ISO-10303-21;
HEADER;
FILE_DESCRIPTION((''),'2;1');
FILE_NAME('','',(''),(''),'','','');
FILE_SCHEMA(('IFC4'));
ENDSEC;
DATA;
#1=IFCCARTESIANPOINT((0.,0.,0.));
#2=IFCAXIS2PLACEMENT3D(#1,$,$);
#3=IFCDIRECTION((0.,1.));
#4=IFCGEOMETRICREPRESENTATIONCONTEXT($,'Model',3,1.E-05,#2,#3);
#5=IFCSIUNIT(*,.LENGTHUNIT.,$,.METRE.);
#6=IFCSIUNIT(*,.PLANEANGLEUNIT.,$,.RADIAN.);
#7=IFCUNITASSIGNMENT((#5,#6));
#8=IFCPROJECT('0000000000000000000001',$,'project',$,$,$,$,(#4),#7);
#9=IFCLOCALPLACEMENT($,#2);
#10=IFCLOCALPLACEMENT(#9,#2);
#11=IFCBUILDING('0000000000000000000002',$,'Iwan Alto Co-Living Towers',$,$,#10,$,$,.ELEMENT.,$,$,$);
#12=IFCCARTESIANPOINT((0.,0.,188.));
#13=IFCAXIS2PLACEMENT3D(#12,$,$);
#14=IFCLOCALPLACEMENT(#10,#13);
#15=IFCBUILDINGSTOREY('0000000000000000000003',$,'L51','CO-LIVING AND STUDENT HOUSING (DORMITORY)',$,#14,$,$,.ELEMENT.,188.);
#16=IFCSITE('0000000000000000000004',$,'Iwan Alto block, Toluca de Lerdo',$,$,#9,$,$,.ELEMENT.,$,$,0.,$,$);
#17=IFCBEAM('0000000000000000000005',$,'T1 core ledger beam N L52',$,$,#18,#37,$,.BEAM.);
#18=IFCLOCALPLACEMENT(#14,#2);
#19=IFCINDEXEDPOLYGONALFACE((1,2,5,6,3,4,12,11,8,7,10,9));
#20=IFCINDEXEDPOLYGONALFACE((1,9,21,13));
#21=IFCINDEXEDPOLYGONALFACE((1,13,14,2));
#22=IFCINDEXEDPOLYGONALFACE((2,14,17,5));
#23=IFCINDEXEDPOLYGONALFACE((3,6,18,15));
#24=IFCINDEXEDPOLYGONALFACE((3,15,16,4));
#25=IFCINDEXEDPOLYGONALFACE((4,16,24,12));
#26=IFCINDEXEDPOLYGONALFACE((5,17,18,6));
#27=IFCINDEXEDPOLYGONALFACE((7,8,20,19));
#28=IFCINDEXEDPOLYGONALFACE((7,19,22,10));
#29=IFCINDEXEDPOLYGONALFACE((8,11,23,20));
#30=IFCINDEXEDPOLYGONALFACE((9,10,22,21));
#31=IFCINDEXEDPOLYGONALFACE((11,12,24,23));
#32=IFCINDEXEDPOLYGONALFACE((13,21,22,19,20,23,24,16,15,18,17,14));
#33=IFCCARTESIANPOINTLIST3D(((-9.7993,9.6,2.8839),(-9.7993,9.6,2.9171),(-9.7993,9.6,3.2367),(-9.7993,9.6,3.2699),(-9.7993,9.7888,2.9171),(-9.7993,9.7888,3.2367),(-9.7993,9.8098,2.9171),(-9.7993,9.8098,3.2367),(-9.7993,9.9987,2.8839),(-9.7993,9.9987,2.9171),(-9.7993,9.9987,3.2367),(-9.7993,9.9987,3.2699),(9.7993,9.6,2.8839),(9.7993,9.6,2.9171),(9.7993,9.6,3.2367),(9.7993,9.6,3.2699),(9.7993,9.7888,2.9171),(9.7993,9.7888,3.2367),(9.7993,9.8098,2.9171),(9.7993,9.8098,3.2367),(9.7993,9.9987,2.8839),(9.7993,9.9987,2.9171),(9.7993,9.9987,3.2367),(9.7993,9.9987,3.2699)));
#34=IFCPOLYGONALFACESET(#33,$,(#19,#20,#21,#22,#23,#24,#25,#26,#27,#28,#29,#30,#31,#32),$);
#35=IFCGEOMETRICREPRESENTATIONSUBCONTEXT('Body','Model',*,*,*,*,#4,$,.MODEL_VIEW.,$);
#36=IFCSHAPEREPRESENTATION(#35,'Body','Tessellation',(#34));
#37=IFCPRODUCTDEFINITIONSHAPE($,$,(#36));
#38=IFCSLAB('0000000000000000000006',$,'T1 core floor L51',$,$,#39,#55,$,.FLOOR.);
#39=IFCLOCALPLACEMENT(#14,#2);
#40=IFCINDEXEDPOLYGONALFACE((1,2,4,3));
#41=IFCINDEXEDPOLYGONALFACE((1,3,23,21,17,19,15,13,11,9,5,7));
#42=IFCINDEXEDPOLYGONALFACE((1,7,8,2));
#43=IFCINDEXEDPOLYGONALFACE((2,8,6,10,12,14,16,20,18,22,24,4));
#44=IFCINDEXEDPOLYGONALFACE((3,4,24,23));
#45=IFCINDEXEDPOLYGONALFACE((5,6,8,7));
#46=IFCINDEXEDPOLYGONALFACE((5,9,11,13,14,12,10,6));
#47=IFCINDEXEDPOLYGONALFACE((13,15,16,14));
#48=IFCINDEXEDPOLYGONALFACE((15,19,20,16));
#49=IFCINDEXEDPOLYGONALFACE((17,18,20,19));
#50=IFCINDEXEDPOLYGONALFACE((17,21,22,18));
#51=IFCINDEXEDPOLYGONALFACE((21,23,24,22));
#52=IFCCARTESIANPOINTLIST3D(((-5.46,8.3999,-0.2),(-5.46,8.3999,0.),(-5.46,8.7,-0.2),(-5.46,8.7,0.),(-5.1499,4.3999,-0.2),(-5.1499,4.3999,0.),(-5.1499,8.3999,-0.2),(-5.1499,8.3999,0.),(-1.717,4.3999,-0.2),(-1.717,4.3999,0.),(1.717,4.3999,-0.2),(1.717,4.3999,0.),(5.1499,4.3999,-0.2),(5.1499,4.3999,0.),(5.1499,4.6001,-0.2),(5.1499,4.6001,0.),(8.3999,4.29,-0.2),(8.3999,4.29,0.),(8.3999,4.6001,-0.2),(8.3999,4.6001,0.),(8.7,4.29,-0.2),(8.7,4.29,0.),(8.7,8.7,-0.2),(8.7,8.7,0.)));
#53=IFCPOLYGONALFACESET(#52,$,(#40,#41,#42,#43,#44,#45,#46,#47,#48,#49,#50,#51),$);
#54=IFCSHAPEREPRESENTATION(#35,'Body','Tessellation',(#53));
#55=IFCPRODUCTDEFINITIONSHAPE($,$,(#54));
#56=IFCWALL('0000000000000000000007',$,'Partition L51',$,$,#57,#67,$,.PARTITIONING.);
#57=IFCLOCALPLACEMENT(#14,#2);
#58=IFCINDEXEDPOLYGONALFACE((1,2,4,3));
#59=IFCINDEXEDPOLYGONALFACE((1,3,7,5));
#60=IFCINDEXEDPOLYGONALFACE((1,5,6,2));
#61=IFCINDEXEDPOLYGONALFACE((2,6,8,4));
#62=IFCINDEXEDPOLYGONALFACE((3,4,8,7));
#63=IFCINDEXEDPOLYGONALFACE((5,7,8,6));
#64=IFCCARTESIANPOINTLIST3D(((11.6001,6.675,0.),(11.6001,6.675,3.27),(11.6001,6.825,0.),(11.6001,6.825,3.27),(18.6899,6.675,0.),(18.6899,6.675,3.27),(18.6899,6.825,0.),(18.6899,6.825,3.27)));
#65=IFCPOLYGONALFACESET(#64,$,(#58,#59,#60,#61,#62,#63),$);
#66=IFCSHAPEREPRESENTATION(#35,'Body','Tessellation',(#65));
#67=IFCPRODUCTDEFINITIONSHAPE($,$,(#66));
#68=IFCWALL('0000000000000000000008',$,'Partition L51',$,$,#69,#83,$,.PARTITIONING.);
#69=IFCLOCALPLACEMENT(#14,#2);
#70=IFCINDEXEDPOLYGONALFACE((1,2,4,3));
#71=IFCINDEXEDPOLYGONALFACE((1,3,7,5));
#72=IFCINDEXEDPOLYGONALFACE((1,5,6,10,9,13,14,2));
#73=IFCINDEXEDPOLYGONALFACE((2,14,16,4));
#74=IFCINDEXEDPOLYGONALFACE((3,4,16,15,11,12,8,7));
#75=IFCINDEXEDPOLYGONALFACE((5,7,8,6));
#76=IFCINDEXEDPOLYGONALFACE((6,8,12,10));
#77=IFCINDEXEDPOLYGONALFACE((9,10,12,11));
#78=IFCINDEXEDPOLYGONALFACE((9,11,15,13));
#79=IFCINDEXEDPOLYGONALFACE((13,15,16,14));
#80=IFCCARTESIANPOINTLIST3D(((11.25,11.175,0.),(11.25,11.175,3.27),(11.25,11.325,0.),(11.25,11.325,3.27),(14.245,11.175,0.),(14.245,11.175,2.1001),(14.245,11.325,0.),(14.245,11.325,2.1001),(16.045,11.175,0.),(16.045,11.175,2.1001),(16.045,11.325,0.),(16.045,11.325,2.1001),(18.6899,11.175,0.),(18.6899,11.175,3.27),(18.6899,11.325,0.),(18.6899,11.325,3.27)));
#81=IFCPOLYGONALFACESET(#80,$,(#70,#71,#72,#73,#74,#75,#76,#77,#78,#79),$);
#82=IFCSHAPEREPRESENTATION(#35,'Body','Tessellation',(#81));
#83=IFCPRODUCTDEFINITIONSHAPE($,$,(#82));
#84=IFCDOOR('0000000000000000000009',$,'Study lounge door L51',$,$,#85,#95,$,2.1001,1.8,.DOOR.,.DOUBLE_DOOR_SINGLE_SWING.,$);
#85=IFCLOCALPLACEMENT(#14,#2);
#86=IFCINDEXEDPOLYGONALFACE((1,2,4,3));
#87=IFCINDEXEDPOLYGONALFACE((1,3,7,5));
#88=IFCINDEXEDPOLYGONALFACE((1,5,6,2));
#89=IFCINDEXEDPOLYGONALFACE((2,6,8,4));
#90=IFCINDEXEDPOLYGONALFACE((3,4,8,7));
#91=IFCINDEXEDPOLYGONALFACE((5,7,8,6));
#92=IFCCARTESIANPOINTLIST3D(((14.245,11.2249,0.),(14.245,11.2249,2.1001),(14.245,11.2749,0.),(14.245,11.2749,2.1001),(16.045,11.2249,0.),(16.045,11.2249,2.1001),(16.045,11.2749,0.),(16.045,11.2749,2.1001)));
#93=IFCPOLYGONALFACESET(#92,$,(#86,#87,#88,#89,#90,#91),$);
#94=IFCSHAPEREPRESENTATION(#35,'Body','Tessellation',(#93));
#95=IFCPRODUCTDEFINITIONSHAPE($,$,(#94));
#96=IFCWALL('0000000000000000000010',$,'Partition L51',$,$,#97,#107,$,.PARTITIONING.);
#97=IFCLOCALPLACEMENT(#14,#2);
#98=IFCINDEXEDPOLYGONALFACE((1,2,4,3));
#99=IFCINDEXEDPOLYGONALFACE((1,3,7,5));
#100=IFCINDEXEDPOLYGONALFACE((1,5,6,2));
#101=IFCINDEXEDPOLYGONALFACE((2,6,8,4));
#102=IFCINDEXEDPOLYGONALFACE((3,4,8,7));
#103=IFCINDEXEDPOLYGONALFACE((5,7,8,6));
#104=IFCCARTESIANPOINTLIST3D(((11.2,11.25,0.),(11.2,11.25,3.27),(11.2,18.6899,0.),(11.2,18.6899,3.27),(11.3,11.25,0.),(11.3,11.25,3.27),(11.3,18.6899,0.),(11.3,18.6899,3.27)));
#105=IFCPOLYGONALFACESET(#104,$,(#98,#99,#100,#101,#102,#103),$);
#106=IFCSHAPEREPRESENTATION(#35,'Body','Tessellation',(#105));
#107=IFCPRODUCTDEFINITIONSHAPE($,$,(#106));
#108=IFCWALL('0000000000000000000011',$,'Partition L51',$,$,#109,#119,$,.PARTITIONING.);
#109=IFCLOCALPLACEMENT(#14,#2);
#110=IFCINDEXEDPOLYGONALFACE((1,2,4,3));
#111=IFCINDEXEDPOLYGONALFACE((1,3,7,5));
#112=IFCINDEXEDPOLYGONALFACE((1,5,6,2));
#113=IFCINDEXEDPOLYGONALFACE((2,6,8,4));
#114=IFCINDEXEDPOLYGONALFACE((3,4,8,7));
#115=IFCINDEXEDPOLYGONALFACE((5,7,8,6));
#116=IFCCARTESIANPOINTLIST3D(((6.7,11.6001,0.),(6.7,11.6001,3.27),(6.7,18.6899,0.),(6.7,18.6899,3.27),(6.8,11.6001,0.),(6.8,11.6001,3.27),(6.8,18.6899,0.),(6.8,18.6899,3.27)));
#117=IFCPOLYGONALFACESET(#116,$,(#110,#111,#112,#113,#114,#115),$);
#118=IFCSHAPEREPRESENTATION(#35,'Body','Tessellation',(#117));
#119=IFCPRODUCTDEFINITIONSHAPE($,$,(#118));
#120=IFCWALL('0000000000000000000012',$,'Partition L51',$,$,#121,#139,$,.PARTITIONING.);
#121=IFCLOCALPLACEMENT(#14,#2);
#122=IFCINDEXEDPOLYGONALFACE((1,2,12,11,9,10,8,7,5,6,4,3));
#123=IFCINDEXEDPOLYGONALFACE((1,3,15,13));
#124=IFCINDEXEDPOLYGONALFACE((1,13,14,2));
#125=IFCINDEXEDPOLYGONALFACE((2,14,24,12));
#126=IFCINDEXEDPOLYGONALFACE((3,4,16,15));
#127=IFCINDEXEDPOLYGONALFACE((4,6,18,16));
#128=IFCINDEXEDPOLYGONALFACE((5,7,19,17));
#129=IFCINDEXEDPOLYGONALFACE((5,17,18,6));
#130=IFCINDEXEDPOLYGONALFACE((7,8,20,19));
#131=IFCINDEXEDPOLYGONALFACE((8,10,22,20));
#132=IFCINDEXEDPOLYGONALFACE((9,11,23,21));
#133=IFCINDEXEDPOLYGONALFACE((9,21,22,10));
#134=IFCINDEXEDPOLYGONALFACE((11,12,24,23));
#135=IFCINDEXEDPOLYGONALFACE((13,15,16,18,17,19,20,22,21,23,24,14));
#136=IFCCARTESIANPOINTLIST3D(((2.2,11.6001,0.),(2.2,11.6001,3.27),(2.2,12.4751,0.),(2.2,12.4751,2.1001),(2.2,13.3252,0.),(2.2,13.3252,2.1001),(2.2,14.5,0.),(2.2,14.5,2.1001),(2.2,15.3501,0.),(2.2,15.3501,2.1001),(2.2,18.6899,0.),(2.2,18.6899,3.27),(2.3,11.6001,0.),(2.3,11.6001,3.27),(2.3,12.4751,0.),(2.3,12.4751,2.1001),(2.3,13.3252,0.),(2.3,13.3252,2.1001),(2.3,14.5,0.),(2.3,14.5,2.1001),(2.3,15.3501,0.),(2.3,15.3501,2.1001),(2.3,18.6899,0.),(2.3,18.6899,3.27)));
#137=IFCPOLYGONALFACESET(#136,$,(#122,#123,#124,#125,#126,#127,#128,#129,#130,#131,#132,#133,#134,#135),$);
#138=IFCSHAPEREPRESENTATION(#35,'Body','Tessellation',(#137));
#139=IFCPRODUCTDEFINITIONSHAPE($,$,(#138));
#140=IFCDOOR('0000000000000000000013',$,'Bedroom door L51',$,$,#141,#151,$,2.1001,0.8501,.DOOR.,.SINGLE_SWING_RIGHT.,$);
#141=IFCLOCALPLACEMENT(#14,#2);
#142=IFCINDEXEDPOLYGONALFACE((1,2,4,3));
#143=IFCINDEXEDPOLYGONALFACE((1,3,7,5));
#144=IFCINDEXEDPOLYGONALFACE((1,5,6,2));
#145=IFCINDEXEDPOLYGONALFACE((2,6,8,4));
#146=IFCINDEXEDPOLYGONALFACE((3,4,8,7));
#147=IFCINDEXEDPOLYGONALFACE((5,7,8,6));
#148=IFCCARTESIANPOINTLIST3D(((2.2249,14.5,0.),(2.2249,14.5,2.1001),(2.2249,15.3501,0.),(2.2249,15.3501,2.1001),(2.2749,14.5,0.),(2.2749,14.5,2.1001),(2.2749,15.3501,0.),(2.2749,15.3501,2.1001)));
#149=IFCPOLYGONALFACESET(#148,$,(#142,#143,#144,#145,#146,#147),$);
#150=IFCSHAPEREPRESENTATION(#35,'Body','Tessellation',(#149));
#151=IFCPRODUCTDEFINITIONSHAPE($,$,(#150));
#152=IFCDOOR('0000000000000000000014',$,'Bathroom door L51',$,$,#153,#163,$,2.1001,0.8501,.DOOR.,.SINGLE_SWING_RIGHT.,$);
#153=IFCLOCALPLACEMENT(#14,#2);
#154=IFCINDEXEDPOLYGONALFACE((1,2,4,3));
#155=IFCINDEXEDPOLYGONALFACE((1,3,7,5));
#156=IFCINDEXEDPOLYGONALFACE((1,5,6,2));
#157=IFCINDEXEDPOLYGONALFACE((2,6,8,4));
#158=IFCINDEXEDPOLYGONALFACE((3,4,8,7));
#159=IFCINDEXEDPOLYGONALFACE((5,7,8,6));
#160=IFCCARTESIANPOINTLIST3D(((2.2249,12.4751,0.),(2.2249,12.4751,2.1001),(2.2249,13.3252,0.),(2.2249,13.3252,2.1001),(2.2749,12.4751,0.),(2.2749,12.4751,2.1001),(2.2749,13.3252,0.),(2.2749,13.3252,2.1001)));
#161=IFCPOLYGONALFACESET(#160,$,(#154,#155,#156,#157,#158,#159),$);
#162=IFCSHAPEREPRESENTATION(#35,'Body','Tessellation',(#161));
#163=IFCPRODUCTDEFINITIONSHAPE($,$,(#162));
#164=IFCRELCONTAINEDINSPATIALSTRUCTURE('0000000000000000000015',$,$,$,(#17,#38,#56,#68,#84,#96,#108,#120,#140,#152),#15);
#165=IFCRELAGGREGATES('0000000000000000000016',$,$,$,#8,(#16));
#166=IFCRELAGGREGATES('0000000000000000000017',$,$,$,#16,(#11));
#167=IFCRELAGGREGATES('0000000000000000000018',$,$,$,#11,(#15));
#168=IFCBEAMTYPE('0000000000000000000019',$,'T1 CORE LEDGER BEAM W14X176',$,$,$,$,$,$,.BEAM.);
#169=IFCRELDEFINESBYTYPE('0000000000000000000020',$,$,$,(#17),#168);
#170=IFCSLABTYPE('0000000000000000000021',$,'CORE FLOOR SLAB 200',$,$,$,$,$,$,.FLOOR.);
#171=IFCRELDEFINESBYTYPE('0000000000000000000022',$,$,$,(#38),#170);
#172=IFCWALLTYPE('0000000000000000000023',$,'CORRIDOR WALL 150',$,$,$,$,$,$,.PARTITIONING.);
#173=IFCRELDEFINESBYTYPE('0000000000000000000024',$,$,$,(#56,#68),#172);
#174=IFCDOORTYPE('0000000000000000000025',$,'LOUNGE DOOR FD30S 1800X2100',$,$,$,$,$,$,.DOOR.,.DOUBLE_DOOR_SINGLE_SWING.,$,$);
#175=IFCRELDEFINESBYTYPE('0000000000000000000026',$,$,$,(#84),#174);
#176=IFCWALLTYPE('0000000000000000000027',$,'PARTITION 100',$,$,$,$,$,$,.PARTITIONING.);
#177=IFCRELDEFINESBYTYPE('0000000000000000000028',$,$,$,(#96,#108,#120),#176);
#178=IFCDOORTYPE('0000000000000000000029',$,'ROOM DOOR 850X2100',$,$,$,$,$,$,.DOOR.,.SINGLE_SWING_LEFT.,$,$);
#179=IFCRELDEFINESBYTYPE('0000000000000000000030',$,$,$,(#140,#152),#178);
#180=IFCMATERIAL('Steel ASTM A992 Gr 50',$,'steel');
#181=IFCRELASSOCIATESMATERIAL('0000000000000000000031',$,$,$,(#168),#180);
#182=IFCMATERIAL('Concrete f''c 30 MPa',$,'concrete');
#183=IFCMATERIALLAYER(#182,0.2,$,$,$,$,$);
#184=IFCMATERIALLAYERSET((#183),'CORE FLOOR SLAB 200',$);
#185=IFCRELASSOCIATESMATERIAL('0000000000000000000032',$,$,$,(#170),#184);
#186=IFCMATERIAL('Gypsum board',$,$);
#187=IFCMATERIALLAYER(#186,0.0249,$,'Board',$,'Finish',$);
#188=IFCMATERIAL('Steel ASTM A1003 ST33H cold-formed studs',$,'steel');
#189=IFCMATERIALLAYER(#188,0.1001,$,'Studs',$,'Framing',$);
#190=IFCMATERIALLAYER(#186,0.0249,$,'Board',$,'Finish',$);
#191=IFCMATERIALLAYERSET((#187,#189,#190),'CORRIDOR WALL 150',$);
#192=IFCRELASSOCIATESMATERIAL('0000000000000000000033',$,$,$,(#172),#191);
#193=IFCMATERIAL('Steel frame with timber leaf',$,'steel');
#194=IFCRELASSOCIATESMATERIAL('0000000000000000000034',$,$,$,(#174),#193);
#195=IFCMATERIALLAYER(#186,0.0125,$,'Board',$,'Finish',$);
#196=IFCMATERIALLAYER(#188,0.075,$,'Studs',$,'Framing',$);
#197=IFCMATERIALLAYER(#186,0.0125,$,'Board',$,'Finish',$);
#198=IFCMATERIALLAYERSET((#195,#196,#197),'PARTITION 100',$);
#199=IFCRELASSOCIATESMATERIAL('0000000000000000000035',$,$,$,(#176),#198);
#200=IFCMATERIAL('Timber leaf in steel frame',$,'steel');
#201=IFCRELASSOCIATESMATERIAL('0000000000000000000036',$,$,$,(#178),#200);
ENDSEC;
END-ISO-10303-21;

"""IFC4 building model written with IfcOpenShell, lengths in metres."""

from ifc_helpers import new_model, si_unit, direction, frame, frame_2d, origin, origin_2d, place, context, subcontext, project, spatial, polyline, rectangle, i_section, outline, extrude, material, layer, layer_set, material_profile, profile_set, type_object, element, fill, save


model = new_model("IFC4")

# Units and contexts
model_context = context("Model", 3, precision=1e-05, world=origin(), true_north=direction((0.0, 1.0)))
body_context = subcontext(model_context, "Body", "Model", "MODEL_VIEW")
ifc_project = project(units=[si_unit("LENGTHUNIT", "METRE"), si_unit("PLANEANGLEUNIT", "RADIAN")], contexts=[model_context])

# Site, building, storey
site_placement = place(None, origin())
site = spatial("IfcSite", under=ifc_project, at=site_placement, Name="Iwan Alto block, Toluca de Lerdo", CompositionType="ELEMENT", RefElevation=0.0)
building_placement = place(site_placement, origin())
building = spatial("IfcBuilding", under=site, at=building_placement, Name="Iwan Alto Co-Living Towers", CompositionType="ELEMENT")
storey_placement = place(building_placement, frame((0.0, 0.0, 188.0)))
storey = spatial("IfcBuildingStorey", under=building, at=storey_placement, Name="L51", Description="CO-LIVING AND STUDENT HOUSING (DORMITORY)", CompositionType="ELEMENT", Elevation=188.0)

# Beam
ifc_material_1 = material(Name="Steel ASTM A992 Gr 50", Category="steel")
ifc_material_profile = material_profile(ifc_material_1, i_section(OverallWidth=0.3987, OverallDepth=0.386, WebThickness=0.021, FlangeThickness=0.0332, at=origin_2d()), Name="W14X176")
ifc_profile_set = profile_set([ifc_material_profile], Name="Steel ASTM A992 Gr 50")
beam_type = type_object("IfcBeamType", Name="T1 CORE LEDGER BEAM W14X176", PredefinedType="BEAM", material=ifc_profile_set)
beam_placement = place(storey_placement, frame((9.7993, 9.7993, 3.0769), z_axis=(-1.0, 0.0, 0.0), x_axis=(0.0, -1.0, 0.0)))
element("IfcBeam", 1, at=beam_placement, inside=storey, type_object=beam_type, Name="T1 core ledger beam N L52", PredefinedType="BEAM", context=body_context, shape_type="SweptSolid", body=[
    extrude(i_section(OverallWidth=0.3987, OverallDepth=0.386, WebThickness=0.021, FlangeThickness=0.0332, at=origin_2d()), origin(), (0.0, 0.0, 1.0), 19.5986),
])

# Slab
ifc_material_2 = material(Name="Concrete f'c 30 MPa", Category="concrete")
ifc_layer_1 = layer(ifc_material_2, 0.2)
ifc_layer_set_1 = layer_set([ifc_layer_1], Name="CORE FLOOR SLAB 200")
slab_type = type_object("IfcSlabType", Name="CORE FLOOR SLAB 200", PredefinedType="FLOOR", material=ifc_layer_set_1)
slab_placement = place(storey_placement, frame((0.0, 0.0, -0.2)))
element("IfcSlab", 2, at=slab_placement, inside=storey, type_object=slab_type, Name="T1 core floor L51", PredefinedType="FLOOR", context=body_context, shape_type="SweptSolid", body=[
    extrude(outline(polyline([(1.717, 4.3999), (-1.717, 4.3999), (-5.1499, 4.3999), (-5.1499, 8.3999), (-5.46, 8.3999), (-5.46, 8.7), (8.7, 8.7), (8.7, 4.29), (8.3999, 4.29), (8.3999, 4.6001), (5.1499, 4.6001), (5.1499, 4.3999), (1.717, 4.3999)])), origin(), (0.0, 0.0, 1.0), 0.2),
])

# Wall
ifc_material_3 = material(Name="Gypsum board")
ifc_layer_2 = layer(ifc_material_3, 0.0249, Name="Board", Category="Finish")
ifc_material_4 = material(Name="Steel ASTM A1003 ST33H cold-formed studs", Category="steel")
ifc_layer_3 = layer(ifc_material_4, 0.1001, Name="Studs", Category="Framing")
ifc_layer_4 = layer(ifc_material_3, 0.0249, Name="Board", Category="Finish")
ifc_layer_set_2 = layer_set([ifc_layer_2, ifc_layer_3, ifc_layer_4], Name="CORRIDOR WALL 150")
wall_type_1 = type_object("IfcWallType", Name="CORRIDOR WALL 150", PredefinedType="PARTITIONING", material=ifc_layer_set_2)
wall_1_placement = place(storey_placement, frame((11.6001, 6.75, 0.0), z_axis=(0.0, 0.0, 1.0), x_axis=(1.0, 0.0, 0.0)))
element("IfcWall", 3, at=wall_1_placement, inside=storey, type_object=wall_type_1, Name="Partition L51", PredefinedType="PARTITIONING", context=body_context, shape_type="SweptSolid", body=[
    extrude(rectangle(XDim=7.0898, YDim=0.1499, at=frame_2d((3.5449, 0.0))), origin(), (0.0, 0.0, 1.0), 3.27),
])

# Wall, opening, door
wall_2_placement = place(storey_placement, frame((11.25, 11.25, 0.0), z_axis=(0.0, 0.0, 1.0), x_axis=(1.0, 0.0, 0.0)))
wall_2 = element("IfcWall", 4, at=wall_2_placement, inside=storey, type_object=wall_type_1, Name="Partition L51", PredefinedType="PARTITIONING", context=body_context, shape_type="SweptSolid", body=[
    extrude(rectangle(XDim=7.4399, YDim=0.1499, at=frame_2d((3.72, 0.0))), origin(), (0.0, 0.0, 1.0), 3.27),
])
opening_1_placement = place(wall_2_placement, frame((2.9951, 0.0, 0.0)))
opening_1 = element("IfcOpeningElement", 5, at=opening_1_placement, cuts=wall_2, PredefinedType="OPENING", context=body_context, shape_type="SweptSolid", body=[
    extrude(rectangle(XDim=1.8, YDim=2.1001, at=frame_2d((0.8999, 1.05))), frame((0.0, 0.085, 0.0), z_axis=(0.0, -1.0, 0.0), x_axis=(1.0, 0.0, 0.0)), (0.0, 0.0, 1.0), 0.1699),
])
ifc_material_5 = material(Name="Steel frame with timber leaf", Category="steel")
door_type_1 = type_object("IfcDoorType", Name="LOUNGE DOOR FD30S 1800X2100", OperationType="DOUBLE_DOOR_SINGLE_SWING", PredefinedType="DOOR", material=ifc_material_5)
door_1_placement = place(opening_1_placement, origin())
door_1 = element("IfcDoor", 6, at=door_1_placement, inside=storey, type_object=door_type_1, Name="Study lounge door L51", OperationType="DOUBLE_DOOR_SINGLE_SWING", OverallHeight=2.1001, OverallWidth=1.8, PredefinedType="DOOR", context=body_context, shape_type="SweptSolid", body=[
    extrude(rectangle(XDim=1.8, YDim=2.1001, at=frame_2d((0.8999, 1.05))), frame((0.0, 0.0249, 0.0), z_axis=(0.0, -1.0, 0.0), x_axis=(1.0, 0.0, 0.0)), (0.0, 0.0, 1.0), 0.05),
])
fill(opening_1, door_1)

# Walls
ifc_layer_5 = layer(ifc_material_3, 0.0125, Name="Board", Category="Finish")
ifc_layer_6 = layer(ifc_material_4, 0.075, Name="Studs", Category="Framing")
ifc_layer_7 = layer(ifc_material_3, 0.0125, Name="Board", Category="Finish")
ifc_layer_set_3 = layer_set([ifc_layer_5, ifc_layer_6, ifc_layer_7], Name="PARTITION 100")
wall_type_2 = type_object("IfcWallType", Name="PARTITION 100", PredefinedType="PARTITIONING", material=ifc_layer_set_3)
wall_3_placement = place(storey_placement, frame((11.25, 11.25, 0.0), z_axis=(0.0, 0.0, 1.0), x_axis=(0.0, 1.0, 0.0)))
element("IfcWall", 7, at=wall_3_placement, inside=storey, type_object=wall_type_2, Name="Partition L51", PredefinedType="PARTITIONING", context=body_context, shape_type="SweptSolid", body=[
    extrude(rectangle(XDim=7.4399, YDim=0.1001, at=frame_2d((3.72, 0.0))), origin(), (0.0, 0.0, 1.0), 3.27),
])
wall_4_placement = place(storey_placement, frame((6.75, 11.6001, 0.0), z_axis=(0.0, 0.0, 1.0), x_axis=(0.0, 1.0, 0.0)))
element("IfcWall", 8, at=wall_4_placement, inside=storey, type_object=wall_type_2, Name="Partition L51", PredefinedType="PARTITIONING", context=body_context, shape_type="SweptSolid", body=[
    extrude(rectangle(XDim=7.0898, YDim=0.1001, at=frame_2d((3.5449, 0.0))), origin(), (0.0, 0.0, 1.0), 3.27),
])

# Wall, openings, doors
wall_5_placement = place(storey_placement, frame((2.25, 11.6001, 0.0), z_axis=(0.0, 0.0, 1.0), x_axis=(0.0, 1.0, 0.0)))
wall_5 = element("IfcWall", 9, at=wall_5_placement, inside=storey, type_object=wall_type_2, Name="Partition L51", PredefinedType="PARTITIONING", context=body_context, shape_type="SweptSolid", body=[
    extrude(rectangle(XDim=7.0898, YDim=0.1001, at=frame_2d((3.5449, 0.0))), origin(), (0.0, 0.0, 1.0), 3.27),
])
opening_2_placement = place(wall_5_placement, frame((2.8999, 0.0, 0.0)))
opening_2 = element("IfcOpeningElement", 10, at=opening_2_placement, cuts=wall_5, PredefinedType="OPENING", context=body_context, shape_type="SweptSolid", body=[
    extrude(rectangle(XDim=0.8501, YDim=2.1001, at=frame_2d((0.425, 1.05))), frame((0.0, 0.0601, 0.0), z_axis=(0.0, -1.0, 0.0), x_axis=(1.0, 0.0, 0.0)), (0.0, 0.0, 1.0), 0.1201),
])
opening_3_placement = place(wall_5_placement, frame((0.875, 0.0, 0.0)))
opening_3 = element("IfcOpeningElement", 11, at=opening_3_placement, cuts=wall_5, PredefinedType="OPENING", context=body_context, shape_type="SweptSolid", body=[
    extrude(rectangle(XDim=0.8501, YDim=2.1001, at=frame_2d((0.425, 1.05))), frame((0.0, 0.0601, 0.0), z_axis=(0.0, -1.0, 0.0), x_axis=(1.0, 0.0, 0.0)), (0.0, 0.0, 1.0), 0.1201),
])
ifc_material_6 = material(Name="Timber leaf in steel frame", Category="steel")
door_type_2 = type_object("IfcDoorType", Name="ROOM DOOR 850X2100", OperationType="SINGLE_SWING_LEFT", PredefinedType="DOOR", material=ifc_material_6)
door_2_placement = place(opening_2_placement, frame((0.8501, 0.0, 0.0), z_axis=(0.0, 0.0, 1.0), x_axis=(-1.0, 0.0, 0.0)))
door_2 = element("IfcDoor", 12, at=door_2_placement, inside=storey, type_object=door_type_2, Name="Bedroom door L51", OperationType="SINGLE_SWING_RIGHT", OverallHeight=2.1001, OverallWidth=0.8501, PredefinedType="DOOR", context=body_context, shape_type="SweptSolid", body=[
    extrude(rectangle(XDim=0.8501, YDim=2.1001, at=frame_2d((0.425, 1.05))), frame((0.0, 0.0249, 0.0), z_axis=(0.0, -1.0, 0.0), x_axis=(1.0, 0.0, 0.0)), (0.0, 0.0, 1.0), 0.05),
])
fill(opening_2, door_2)
door_3_placement = place(opening_3_placement, frame((0.8501, 0.0, 0.0), z_axis=(0.0, 0.0, 1.0), x_axis=(-1.0, 0.0, 0.0)))
door_3 = element("IfcDoor", 13, at=door_3_placement, inside=storey, type_object=door_type_2, Name="Bathroom door L51", OperationType="SINGLE_SWING_RIGHT", OverallHeight=2.1001, OverallWidth=0.8501, PredefinedType="DOOR", context=body_context, shape_type="SweptSolid", body=[
    extrude(rectangle(XDim=0.8501, YDim=2.1001, at=frame_2d((0.425, 1.05))), frame((0.0, 0.0249, 0.0), z_axis=(0.0, -1.0, 0.0), x_axis=(1.0, 0.0, 0.0)), (0.0, 0.0, 1.0), 0.05),
])
fill(opening_3, door_3)

save(model, "model.ifc")
